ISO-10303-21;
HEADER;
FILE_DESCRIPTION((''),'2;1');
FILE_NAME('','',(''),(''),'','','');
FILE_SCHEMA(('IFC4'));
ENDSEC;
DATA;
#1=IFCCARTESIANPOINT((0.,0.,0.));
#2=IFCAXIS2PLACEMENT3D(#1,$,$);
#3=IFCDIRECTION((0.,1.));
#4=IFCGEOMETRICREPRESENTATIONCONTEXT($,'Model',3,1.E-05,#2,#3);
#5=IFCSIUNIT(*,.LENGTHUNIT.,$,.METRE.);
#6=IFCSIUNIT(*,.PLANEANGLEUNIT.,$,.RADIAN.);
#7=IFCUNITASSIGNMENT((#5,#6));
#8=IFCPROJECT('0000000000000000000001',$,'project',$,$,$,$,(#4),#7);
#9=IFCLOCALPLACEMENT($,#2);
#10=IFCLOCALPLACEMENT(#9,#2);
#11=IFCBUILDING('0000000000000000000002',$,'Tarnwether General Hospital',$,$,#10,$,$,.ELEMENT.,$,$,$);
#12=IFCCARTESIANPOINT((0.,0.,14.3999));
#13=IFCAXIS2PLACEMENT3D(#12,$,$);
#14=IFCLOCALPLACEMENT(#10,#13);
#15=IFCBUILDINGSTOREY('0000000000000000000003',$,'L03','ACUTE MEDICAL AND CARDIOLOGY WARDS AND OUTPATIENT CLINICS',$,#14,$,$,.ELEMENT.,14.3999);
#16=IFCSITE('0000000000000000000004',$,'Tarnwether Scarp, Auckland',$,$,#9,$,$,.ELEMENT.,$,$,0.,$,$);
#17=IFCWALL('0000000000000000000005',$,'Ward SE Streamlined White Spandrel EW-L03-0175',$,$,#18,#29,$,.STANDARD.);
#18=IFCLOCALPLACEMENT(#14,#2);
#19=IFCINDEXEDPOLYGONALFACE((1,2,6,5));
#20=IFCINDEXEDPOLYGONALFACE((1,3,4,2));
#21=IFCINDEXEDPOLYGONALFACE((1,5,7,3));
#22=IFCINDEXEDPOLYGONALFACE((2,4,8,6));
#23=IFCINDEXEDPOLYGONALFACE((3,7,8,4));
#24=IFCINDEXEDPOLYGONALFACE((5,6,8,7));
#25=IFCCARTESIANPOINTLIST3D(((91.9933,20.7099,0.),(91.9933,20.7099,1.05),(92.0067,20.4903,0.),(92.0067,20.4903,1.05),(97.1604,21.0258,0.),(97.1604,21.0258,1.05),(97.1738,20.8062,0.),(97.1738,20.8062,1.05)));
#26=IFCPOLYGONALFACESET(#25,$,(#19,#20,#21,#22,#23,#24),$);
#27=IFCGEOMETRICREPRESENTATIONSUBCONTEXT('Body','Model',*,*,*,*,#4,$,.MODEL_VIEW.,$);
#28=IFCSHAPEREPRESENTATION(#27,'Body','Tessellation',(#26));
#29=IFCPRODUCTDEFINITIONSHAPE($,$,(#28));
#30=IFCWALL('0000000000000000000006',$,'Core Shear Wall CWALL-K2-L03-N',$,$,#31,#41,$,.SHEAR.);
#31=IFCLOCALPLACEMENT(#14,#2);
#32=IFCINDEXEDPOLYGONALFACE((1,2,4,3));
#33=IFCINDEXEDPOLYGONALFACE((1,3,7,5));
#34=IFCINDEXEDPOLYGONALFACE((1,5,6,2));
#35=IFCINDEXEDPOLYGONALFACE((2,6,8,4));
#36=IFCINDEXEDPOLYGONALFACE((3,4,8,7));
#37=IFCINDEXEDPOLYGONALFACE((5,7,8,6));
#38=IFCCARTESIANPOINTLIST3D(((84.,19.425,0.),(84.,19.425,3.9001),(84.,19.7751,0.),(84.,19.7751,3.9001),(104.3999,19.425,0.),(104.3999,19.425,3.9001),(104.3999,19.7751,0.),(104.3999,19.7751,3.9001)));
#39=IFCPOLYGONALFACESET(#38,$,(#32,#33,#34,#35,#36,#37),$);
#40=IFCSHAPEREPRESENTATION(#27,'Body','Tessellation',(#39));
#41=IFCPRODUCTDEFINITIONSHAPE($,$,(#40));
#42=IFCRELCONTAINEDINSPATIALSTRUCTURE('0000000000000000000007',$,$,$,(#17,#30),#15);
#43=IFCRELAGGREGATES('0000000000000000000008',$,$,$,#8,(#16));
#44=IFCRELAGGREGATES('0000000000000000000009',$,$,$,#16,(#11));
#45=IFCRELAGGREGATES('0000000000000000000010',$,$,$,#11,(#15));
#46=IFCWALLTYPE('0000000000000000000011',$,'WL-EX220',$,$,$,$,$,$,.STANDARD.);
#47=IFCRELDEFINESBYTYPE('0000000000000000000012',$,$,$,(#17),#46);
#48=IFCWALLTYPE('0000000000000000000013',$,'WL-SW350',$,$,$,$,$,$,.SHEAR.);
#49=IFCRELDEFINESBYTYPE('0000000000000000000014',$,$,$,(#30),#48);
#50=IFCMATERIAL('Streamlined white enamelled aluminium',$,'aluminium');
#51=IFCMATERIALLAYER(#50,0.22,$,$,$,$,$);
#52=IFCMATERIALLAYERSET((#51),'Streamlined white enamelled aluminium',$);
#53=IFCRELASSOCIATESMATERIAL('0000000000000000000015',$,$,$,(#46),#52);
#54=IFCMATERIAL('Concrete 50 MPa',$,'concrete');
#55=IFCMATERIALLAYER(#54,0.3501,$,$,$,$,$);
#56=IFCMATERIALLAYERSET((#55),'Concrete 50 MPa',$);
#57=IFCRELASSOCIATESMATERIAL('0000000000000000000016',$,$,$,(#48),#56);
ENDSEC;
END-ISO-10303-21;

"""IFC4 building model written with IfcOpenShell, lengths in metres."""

from ifc_helpers import new_model, si_unit, direction, frame, frame_2d, origin, place, context, subcontext, project, spatial, rectangle, extrude, material, layer, layer_set, type_object, element, save


model = new_model("IFC4")

# Units and contexts
model_context = context("Model", 3, precision=1e-05, world=origin(), true_north=direction((0.0, 1.0)))
body_context = subcontext(model_context, "Body", "Model", "MODEL_VIEW")
ifc_project = project(units=[si_unit("LENGTHUNIT", "METRE"), si_unit("PLANEANGLEUNIT", "RADIAN")], contexts=[model_context])

# Site, building, storey
site_placement = place(None, origin())
site = spatial("IfcSite", under=ifc_project, at=site_placement, Name="Tarnwether Scarp, Auckland", CompositionType="ELEMENT", RefElevation=0.0)
building_placement = place(site_placement, origin())
building = spatial("IfcBuilding", under=site, at=building_placement, Name="Tarnwether General Hospital", CompositionType="ELEMENT")
storey_placement = place(building_placement, frame((0.0, 0.0, 14.3999)))
storey = spatial("IfcBuildingStorey", under=building, at=storey_placement, Name="L03", Description="ACUTE MEDICAL AND CARDIOLOGY WARDS AND OUTPATIENT CLINICS", CompositionType="ELEMENT", Elevation=14.3999)

# Walls
ifc_material_1 = material(Name="Streamlined white enamelled aluminium", Category="aluminium")
ifc_layer_1 = layer(ifc_material_1, 0.22)
ifc_layer_set_1 = layer_set([ifc_layer_1], Name="Streamlined white enamelled aluminium")
wall_type_1 = type_object("IfcWallType", Name="WL-EX220", PredefinedType="STANDARD", material=ifc_layer_set_1)
wall_1_placement = place(storey_placement, frame((92.0, 20.6001, 0.0), z_axis=(0.0, 0.0, 1.0), x_axis=(0.998136, 0.061028, 0.0)))
element("IfcWall", 1, at=wall_1_placement, inside=storey, type_object=wall_type_1, Name="Ward SE Streamlined White Spandrel EW-L03-0175", PredefinedType="STANDARD", context=body_context, shape_type="SweptSolid", body=[
    extrude(rectangle(XDim=5.1768, YDim=0.22, at=frame_2d((2.5884, 0.0))), origin(), (0.0, 0.0, 1.0), 1.05),
])
ifc_material_2 = material(Name="Concrete 50 MPa", Category="concrete")
ifc_layer_2 = layer(ifc_material_2, 0.3501)
ifc_layer_set_2 = layer_set([ifc_layer_2], Name="Concrete 50 MPa")
wall_type_2 = type_object("IfcWallType", Name="WL-SW350", PredefinedType="SHEAR", material=ifc_layer_set_2)
wall_2_placement = place(storey_placement, frame((84.0, 19.6001, 0.0), z_axis=(0.0, 0.0, 1.0), x_axis=(1.0, 0.0, 0.0)))
element("IfcWall", 2, at=wall_2_placement, inside=storey, type_object=wall_type_2, Name="Core Shear Wall CWALL-K2-L03-N", PredefinedType="SHEAR", context=body_context, shape_type="SweptSolid", body=[
    extrude(rectangle(XDim=20.3999, YDim=0.3501, at=frame_2d((10.2, 0.0))), origin(), (0.0, 0.0, 1.0), 3.9001),
])

save(model, "model.ifc")
